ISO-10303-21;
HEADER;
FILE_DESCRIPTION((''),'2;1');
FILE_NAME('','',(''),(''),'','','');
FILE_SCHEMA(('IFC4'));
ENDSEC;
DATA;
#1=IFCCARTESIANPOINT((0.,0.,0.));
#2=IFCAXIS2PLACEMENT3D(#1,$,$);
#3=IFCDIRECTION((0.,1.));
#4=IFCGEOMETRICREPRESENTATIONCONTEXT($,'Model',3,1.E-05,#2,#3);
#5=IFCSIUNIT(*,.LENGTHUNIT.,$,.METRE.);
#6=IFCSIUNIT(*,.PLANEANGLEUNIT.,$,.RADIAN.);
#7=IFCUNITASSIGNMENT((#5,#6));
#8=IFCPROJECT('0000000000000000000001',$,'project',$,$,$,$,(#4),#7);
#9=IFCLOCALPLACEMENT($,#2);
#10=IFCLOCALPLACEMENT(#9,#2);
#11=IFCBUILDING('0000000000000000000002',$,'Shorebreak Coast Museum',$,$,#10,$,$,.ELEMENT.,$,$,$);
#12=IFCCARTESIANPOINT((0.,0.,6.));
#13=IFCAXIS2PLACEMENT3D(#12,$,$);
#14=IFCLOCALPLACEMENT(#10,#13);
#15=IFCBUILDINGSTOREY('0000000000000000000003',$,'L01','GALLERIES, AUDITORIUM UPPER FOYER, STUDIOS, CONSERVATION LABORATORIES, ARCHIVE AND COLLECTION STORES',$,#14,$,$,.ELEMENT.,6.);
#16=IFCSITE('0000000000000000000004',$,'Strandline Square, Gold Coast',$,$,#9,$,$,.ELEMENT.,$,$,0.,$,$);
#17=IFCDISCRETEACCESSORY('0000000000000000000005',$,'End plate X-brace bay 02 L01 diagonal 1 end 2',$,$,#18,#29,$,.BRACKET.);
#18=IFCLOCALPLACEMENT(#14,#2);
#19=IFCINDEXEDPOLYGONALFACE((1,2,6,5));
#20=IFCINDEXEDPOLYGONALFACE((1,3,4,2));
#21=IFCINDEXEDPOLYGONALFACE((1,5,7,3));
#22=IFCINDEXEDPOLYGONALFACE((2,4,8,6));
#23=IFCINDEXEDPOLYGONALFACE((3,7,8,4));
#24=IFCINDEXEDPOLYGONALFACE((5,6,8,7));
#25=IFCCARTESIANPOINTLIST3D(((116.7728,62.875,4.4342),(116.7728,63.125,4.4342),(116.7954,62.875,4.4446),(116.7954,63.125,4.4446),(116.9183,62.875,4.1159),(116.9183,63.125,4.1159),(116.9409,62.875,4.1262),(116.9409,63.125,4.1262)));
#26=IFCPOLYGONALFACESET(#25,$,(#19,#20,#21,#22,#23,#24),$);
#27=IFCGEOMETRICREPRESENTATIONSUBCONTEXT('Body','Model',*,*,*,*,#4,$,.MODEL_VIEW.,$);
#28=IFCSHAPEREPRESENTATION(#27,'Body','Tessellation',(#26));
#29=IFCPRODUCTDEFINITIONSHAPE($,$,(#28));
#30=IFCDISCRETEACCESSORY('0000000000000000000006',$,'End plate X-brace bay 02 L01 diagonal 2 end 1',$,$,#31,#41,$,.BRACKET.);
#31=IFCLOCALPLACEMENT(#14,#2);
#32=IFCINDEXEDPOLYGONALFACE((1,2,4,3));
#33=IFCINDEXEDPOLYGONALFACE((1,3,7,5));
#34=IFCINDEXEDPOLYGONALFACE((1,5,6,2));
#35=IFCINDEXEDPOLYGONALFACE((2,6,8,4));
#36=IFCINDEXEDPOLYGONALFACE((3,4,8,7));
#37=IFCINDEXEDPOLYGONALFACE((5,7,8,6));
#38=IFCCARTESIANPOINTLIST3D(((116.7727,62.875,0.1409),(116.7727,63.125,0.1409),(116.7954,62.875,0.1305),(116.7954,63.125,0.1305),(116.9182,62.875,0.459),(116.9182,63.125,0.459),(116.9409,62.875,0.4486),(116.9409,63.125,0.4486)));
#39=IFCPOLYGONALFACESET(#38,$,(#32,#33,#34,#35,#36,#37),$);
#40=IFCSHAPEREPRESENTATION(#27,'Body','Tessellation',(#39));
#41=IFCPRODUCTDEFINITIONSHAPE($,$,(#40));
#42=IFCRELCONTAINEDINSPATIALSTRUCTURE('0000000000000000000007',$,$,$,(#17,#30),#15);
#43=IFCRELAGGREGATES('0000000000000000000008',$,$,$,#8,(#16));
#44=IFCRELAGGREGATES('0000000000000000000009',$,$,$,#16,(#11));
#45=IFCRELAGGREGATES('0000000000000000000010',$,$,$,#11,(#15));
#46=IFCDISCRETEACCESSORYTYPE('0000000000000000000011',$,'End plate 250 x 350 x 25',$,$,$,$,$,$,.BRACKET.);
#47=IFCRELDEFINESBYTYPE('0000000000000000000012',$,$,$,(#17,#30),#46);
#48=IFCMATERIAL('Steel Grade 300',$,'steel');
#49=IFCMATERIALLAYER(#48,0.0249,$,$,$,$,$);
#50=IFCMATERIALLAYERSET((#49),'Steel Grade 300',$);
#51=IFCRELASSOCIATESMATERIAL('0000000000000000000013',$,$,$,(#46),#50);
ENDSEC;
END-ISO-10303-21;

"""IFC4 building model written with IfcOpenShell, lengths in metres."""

from ifc_helpers import new_model, si_unit, direction, frame, origin, place, context, subcontext, project, spatial, polyline, outline, extrude, material, layer, layer_set, type_object, element, save


model = new_model("IFC4")

# Units and contexts
model_context = context("Model", 3, precision=1e-05, world=origin(), true_north=direction((0.0, 1.0)))
body_context = subcontext(model_context, "Body", "Model", "MODEL_VIEW")
ifc_project = project(units=[si_unit("LENGTHUNIT", "METRE"), si_unit("PLANEANGLEUNIT", "RADIAN")], contexts=[model_context])

# Site, building, storey
site_placement = place(None, origin())
site = spatial("IfcSite", under=ifc_project, at=site_placement, Name="Strandline Square, Gold Coast", CompositionType="ELEMENT", RefElevation=0.0)
building_placement = place(site_placement, origin())
building = spatial("IfcBuilding", under=site, at=building_placement, Name="Shorebreak Coast Museum", CompositionType="ELEMENT")
storey_placement = place(building_placement, frame((0.0, 0.0, 6.0)))
storey = spatial("IfcBuildingStorey", under=building, at=storey_placement, Name="L01", Description="GALLERIES, AUDITORIUM UPPER FOYER, STUDIOS, CONSERVATION LABORATORIES, ARCHIVE AND COLLECTION STORES", CompositionType="ELEMENT", Elevation=6.0)

# Discrete accessories
ifc_material_1 = material(Name="Steel Grade 300", Category="steel")
ifc_layer_1 = layer(ifc_material_1, 0.0249)
ifc_layer_set_1 = layer_set([ifc_layer_1], Name="Steel Grade 300")
discrete_accessory_type = type_object("IfcDiscreteAccessoryType", Name="End plate 250 x 350 x 25", PredefinedType="BRACKET", material=ifc_layer_set_1)
discrete_accessory_1_placement = place(storey_placement, frame((116.9409, 62.875, 4.1262), z_axis=(0.909505, 0.0, 0.415694), x_axis=(0.0, 1.0, 0.0)))
element("IfcDiscreteAccessory", 1, at=discrete_accessory_1_placement, inside=storey, type_object=discrete_accessory_type, Name="End plate X-brace bay 02 L01 diagonal 1 end 2", PredefinedType="BRACKET", context=body_context, shape_type="SweptSolid", body=[
    extrude(outline(polyline([(0.0, 0.0), (0.25, 0.0), (0.25, 0.35), (0.0, 0.35), (0.0, 0.0)])), origin(), (0.0, 0.0, -1.0), 0.0249),
])
discrete_accessory_2_placement = place(storey_placement, frame((116.7727, 63.125, 0.1409), z_axis=(-0.909384, 0.0, 0.415958), x_axis=(0.0, -1.0, 0.0)))
element("IfcDiscreteAccessory", 2, at=discrete_accessory_2_placement, inside=storey, type_object=discrete_accessory_type, Name="End plate X-brace bay 02 L01 diagonal 2 end 1", PredefinedType="BRACKET", context=body_context, shape_type="SweptSolid", body=[
    extrude(outline(polyline([(0.0, 0.0), (0.25, 0.0), (0.25, 0.3498), (0.0, 0.3498), (0.0, 0.0)])), origin(), (0.0, 0.0, -1.0), 0.0249),
])

save(model, "model.ifc")
